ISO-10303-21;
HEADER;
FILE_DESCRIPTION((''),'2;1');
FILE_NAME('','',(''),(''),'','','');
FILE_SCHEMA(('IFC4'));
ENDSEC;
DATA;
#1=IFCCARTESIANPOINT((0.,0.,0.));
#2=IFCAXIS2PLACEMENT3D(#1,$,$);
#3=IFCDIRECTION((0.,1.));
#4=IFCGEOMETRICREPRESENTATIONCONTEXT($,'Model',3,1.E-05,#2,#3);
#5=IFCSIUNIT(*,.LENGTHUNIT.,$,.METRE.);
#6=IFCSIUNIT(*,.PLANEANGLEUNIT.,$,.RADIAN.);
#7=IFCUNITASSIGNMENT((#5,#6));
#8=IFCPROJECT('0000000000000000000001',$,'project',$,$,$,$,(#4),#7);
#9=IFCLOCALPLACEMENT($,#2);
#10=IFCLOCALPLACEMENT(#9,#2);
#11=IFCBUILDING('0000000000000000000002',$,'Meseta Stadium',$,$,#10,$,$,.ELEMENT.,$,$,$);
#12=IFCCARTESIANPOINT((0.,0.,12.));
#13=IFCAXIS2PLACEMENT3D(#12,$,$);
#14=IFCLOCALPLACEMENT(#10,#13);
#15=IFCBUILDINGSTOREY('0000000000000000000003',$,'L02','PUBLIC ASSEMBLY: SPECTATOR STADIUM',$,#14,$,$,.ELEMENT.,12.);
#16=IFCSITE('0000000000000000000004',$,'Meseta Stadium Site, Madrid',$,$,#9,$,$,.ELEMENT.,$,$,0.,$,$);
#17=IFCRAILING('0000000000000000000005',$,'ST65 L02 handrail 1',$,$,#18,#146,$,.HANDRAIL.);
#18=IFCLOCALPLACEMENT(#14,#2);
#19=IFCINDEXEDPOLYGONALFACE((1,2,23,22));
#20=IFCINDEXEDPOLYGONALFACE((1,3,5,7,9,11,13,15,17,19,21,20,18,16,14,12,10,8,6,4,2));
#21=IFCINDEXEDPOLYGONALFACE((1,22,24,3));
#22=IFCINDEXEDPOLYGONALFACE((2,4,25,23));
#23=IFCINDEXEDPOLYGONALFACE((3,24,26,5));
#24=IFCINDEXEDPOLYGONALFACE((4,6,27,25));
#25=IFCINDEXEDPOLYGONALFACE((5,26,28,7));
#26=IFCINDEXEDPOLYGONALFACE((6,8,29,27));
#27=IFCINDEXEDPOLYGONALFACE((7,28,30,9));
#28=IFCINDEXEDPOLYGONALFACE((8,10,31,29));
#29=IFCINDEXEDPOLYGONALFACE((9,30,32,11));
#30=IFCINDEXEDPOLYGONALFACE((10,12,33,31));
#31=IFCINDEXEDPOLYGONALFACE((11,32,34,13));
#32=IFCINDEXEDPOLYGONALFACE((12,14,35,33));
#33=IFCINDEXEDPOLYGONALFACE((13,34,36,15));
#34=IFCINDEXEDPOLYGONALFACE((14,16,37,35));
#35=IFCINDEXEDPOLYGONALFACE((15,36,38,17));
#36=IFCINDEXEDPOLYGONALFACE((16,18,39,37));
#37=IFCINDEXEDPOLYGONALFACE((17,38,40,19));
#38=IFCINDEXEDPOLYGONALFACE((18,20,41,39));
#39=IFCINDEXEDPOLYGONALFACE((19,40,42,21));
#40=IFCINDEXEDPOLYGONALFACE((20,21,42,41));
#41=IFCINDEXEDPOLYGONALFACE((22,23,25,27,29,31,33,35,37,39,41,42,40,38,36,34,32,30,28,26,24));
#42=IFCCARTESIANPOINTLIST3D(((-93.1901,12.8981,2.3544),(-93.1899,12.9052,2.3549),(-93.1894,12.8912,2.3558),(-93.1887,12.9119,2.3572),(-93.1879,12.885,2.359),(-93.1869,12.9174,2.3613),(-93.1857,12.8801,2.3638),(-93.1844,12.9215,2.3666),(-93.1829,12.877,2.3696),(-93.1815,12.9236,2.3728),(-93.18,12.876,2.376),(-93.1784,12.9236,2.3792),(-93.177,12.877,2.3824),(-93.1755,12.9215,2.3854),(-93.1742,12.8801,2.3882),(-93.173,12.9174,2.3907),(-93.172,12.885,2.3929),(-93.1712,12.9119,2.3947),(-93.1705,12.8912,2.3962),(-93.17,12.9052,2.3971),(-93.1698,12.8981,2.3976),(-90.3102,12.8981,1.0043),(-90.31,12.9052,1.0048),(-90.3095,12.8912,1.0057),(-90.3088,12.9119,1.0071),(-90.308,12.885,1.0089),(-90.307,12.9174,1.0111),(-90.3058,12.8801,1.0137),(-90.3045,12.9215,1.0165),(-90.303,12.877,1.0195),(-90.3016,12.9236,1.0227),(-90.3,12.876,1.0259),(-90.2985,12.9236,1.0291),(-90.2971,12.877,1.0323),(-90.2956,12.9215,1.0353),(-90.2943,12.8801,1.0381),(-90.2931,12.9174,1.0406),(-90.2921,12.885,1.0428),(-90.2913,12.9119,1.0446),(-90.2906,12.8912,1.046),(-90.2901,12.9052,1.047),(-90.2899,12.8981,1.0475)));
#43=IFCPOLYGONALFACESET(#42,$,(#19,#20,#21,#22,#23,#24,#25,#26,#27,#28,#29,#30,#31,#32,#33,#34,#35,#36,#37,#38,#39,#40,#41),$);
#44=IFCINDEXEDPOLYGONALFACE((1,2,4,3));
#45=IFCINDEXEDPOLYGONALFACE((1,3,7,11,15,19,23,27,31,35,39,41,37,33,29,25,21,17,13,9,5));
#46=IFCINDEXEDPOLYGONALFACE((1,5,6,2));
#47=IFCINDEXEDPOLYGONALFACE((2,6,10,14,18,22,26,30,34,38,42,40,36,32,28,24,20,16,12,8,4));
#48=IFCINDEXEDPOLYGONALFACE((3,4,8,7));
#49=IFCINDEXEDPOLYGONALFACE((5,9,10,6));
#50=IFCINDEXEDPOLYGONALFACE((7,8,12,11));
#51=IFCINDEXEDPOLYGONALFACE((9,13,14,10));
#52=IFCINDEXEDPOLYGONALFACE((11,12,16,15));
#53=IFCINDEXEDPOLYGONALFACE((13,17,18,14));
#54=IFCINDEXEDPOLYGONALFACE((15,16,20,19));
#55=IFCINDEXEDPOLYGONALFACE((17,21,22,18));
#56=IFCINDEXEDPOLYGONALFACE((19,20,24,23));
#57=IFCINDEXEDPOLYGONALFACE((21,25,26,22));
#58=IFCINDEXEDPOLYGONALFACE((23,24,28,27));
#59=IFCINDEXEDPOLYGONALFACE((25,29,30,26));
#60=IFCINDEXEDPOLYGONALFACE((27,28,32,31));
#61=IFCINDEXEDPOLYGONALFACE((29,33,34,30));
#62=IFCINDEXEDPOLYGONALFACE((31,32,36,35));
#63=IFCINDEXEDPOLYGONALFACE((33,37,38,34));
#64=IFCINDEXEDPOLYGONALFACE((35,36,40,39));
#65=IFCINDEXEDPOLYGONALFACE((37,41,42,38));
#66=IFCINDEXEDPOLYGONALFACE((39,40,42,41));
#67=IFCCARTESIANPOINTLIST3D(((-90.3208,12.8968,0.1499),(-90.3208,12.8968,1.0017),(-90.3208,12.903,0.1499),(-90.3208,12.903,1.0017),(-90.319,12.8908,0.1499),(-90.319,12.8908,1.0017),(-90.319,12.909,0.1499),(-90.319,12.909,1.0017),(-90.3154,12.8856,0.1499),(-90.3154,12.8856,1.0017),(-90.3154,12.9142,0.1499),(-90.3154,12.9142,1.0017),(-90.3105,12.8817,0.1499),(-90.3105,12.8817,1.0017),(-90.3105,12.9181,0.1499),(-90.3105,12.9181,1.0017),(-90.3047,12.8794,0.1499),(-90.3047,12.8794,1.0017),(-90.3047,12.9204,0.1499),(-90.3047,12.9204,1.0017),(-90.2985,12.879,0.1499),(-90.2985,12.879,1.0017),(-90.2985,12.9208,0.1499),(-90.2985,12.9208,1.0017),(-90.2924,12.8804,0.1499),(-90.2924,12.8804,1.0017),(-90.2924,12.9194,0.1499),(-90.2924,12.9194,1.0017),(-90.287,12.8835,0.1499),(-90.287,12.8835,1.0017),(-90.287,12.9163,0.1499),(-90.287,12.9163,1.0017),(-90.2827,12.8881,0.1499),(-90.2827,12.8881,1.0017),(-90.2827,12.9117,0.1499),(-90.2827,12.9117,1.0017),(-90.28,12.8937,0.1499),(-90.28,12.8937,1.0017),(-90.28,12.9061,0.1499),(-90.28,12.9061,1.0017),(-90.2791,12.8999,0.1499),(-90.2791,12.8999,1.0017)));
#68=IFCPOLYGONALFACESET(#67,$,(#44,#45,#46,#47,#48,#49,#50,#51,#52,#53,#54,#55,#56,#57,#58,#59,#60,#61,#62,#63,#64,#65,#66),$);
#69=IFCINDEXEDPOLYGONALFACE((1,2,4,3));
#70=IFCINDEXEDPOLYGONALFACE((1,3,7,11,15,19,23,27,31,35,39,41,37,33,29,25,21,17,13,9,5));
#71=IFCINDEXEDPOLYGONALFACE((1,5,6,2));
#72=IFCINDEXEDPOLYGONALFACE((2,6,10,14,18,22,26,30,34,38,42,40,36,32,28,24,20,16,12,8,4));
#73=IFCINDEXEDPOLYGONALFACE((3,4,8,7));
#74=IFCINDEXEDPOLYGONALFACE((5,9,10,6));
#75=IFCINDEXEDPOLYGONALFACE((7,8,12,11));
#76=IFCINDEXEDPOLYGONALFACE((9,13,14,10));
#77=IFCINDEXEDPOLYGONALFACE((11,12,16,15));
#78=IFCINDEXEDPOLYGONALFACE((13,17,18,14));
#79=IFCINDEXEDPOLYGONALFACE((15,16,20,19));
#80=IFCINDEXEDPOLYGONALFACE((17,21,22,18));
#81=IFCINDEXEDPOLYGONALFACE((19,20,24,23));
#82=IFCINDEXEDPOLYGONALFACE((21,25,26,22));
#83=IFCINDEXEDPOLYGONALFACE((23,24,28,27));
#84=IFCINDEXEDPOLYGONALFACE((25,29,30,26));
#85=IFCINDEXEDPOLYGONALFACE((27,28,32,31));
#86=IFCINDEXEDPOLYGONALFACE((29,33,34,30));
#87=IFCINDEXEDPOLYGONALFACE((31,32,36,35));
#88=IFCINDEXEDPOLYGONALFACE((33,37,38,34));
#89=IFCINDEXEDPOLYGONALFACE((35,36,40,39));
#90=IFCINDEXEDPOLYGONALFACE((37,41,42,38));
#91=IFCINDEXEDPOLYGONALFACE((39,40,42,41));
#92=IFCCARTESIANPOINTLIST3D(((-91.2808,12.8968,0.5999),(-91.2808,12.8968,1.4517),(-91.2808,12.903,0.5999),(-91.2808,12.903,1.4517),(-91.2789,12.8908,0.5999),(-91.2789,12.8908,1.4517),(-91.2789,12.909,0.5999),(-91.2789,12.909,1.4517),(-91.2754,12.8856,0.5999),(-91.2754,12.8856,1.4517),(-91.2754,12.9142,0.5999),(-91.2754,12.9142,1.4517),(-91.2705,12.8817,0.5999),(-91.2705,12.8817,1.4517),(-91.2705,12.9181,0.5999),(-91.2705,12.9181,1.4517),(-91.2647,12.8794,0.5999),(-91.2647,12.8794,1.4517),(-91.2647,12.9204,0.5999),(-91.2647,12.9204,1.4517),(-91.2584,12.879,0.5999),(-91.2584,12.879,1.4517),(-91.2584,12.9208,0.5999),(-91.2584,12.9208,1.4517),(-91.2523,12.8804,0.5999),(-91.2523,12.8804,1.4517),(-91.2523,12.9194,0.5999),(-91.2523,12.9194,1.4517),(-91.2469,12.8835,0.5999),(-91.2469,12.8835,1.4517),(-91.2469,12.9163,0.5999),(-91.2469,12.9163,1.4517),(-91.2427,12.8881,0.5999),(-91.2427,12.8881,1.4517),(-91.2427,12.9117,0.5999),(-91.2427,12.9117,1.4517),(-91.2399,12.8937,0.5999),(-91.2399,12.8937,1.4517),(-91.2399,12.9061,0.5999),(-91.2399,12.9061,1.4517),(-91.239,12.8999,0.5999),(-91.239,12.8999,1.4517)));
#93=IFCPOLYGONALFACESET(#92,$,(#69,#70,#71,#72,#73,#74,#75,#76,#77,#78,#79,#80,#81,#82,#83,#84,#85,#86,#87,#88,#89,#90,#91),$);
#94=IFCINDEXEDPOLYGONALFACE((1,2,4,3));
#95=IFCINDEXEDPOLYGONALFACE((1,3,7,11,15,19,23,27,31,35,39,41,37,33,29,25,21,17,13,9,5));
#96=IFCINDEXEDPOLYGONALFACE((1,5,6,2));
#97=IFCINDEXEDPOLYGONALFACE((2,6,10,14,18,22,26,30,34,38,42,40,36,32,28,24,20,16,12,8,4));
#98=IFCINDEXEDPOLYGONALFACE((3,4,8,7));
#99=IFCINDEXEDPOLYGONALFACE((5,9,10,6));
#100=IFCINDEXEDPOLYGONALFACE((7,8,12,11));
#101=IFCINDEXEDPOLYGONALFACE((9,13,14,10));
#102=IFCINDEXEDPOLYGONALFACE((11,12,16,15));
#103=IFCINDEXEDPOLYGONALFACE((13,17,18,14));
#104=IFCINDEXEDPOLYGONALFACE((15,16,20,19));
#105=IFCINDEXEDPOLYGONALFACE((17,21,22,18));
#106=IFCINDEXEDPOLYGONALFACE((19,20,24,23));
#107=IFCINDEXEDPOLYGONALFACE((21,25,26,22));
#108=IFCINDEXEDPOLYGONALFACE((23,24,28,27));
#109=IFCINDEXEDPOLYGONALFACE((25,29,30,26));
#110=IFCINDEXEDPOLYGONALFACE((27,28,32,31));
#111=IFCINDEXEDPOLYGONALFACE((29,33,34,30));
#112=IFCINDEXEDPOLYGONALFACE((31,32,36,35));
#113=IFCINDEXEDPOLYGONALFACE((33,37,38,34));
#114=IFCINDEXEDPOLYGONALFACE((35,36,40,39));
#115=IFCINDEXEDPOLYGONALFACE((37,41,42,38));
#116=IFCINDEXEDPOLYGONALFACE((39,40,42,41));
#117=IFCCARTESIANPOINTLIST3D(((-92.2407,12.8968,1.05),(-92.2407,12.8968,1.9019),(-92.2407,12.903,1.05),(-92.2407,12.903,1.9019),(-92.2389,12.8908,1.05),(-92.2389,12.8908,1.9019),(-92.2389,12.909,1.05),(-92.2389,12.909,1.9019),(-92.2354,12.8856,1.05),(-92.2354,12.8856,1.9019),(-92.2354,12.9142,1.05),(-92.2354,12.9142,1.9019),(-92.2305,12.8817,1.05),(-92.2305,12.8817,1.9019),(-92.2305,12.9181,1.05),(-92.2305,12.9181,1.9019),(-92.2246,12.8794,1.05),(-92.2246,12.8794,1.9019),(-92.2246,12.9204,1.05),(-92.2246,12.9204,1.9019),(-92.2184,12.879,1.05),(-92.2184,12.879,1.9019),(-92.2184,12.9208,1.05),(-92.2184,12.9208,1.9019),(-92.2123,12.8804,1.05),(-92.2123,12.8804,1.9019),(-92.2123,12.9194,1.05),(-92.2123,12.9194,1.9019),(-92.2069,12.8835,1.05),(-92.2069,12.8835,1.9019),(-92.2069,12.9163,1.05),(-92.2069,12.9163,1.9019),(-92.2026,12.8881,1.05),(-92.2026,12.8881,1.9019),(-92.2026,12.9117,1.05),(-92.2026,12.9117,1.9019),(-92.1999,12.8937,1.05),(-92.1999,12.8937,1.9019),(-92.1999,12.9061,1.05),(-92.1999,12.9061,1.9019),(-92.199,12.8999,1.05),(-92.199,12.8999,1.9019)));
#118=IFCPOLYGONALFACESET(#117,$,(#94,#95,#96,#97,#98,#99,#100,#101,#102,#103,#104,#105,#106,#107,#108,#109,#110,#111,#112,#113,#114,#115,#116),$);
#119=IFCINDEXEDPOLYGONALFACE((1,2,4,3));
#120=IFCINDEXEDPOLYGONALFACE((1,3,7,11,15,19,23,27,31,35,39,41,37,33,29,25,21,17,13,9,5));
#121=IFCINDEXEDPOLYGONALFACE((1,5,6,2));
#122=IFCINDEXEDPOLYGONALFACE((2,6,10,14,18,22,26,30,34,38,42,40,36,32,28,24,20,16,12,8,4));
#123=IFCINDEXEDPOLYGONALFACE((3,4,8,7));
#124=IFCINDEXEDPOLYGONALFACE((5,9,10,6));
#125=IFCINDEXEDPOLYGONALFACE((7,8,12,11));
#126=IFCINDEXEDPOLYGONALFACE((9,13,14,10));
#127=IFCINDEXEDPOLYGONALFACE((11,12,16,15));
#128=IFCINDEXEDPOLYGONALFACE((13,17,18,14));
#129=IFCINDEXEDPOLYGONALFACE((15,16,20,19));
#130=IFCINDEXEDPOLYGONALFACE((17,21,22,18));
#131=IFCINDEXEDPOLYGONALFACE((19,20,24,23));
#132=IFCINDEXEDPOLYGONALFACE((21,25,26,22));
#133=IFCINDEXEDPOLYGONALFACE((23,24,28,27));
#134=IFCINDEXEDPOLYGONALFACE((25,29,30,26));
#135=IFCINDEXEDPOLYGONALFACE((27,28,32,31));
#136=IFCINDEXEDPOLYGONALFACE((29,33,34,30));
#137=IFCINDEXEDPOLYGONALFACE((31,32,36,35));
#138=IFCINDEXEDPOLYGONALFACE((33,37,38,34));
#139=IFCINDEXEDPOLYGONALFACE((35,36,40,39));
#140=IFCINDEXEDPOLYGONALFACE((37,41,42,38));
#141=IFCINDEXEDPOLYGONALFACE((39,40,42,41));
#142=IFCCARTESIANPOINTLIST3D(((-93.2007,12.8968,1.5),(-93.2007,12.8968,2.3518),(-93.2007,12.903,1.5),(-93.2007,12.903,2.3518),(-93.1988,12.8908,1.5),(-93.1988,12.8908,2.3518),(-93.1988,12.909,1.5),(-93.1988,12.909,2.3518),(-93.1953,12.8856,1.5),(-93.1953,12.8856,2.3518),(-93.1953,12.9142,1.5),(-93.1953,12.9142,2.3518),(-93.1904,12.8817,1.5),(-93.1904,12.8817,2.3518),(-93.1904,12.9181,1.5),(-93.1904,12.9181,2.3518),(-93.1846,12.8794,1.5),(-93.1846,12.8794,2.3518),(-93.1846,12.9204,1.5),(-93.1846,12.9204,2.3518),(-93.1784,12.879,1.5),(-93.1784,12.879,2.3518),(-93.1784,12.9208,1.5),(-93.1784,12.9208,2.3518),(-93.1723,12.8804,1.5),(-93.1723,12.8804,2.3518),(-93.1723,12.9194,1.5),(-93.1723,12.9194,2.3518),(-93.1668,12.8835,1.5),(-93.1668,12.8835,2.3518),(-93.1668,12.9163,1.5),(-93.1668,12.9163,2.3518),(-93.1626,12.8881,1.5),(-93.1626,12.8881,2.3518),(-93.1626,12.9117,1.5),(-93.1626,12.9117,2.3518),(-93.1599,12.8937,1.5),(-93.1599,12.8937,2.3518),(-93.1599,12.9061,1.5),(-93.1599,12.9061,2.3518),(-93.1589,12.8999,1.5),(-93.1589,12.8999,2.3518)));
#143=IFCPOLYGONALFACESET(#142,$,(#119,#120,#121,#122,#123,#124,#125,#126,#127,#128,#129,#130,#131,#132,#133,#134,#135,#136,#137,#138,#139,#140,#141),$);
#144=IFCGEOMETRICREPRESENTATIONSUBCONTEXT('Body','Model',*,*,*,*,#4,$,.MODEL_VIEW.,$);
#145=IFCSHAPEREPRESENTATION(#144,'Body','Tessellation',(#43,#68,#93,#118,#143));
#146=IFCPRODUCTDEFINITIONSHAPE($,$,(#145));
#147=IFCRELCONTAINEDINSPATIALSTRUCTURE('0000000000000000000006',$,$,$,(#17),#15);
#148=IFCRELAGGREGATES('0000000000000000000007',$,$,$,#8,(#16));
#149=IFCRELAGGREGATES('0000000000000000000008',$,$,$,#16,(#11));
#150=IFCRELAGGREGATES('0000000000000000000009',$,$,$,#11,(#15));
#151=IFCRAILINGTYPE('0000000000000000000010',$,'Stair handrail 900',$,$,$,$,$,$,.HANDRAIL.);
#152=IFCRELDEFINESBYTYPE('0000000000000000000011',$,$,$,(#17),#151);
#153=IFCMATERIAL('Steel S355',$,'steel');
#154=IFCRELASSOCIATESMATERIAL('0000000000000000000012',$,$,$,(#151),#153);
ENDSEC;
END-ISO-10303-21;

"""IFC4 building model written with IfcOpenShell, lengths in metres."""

from ifc_helpers import new_model, si_unit, direction, frame, origin, origin_2d, place, context, subcontext, project, spatial, circle, extrude, material, type_object, element, save


model = new_model("IFC4")

# Units and contexts
model_context = context("Model", 3, precision=1e-05, world=origin(), true_north=direction((0.0, 1.0)))
body_context = subcontext(model_context, "Body", "Model", "MODEL_VIEW")
ifc_project = project(units=[si_unit("LENGTHUNIT", "METRE"), si_unit("PLANEANGLEUNIT", "RADIAN")], contexts=[model_context])

# Site, building, storey
site_placement = place(None, origin())
site = spatial("IfcSite", under=ifc_project, at=site_placement, Name="Meseta Stadium Site, Madrid", CompositionType="ELEMENT", RefElevation=0.0)
building_placement = place(site_placement, origin())
building = spatial("IfcBuilding", under=site, at=building_placement, Name="Meseta Stadium", CompositionType="ELEMENT")
storey_placement = place(building_placement, frame((0.0, 0.0, 12.0)))
storey = spatial("IfcBuildingStorey", under=building, at=storey_placement, Name="L02", Description="PUBLIC ASSEMBLY: SPECTATOR STADIUM", CompositionType="ELEMENT", Elevation=12.0)

# Railing
ifc_material_1 = material(Name="Steel S355", Category="steel")
railing_type_1 = type_object("IfcRailingType", Name="Stair handrail 900", PredefinedType="HANDRAIL", material=ifc_material_1)
railing_1_placement = place(storey_placement, frame((-90.3, 12.8999, 0.1499)))
element("IfcRailing", 1, at=railing_1_placement, inside=storey, type_object=railing_type_1, Name="ST65 L02 handrail 1", PredefinedType="HANDRAIL", context=body_context, shape_type="SweptSolid", body=[
    extrude(circle(Radius=0.0239, at=origin_2d()), frame((0.0, 0.0, 0.876), z_axis=(-0.90544, 0.0, 0.424473), x_axis=(0.0, -1.0, 0.0)), (0.0, 0.0, 1.0), 3.1807),
    extrude(circle(Radius=0.021, at=origin_2d()), origin(), (0.0, 0.0, 1.0), 0.8518),
    extrude(circle(Radius=0.021, at=origin_2d()), frame((-0.96, 0.0, 0.45)), (0.0, 0.0, 1.0), 0.8518),
    extrude(circle(Radius=0.021, at=origin_2d()), frame((-1.9199, 0.0, 0.9001)), (0.0, 0.0, 1.0), 0.8518),
    extrude(circle(Radius=0.021, at=origin_2d()), frame((-2.8799, 0.0, 1.3501)), (0.0, 0.0, 1.0), 0.8518),
])

save(model, "model.ifc")
